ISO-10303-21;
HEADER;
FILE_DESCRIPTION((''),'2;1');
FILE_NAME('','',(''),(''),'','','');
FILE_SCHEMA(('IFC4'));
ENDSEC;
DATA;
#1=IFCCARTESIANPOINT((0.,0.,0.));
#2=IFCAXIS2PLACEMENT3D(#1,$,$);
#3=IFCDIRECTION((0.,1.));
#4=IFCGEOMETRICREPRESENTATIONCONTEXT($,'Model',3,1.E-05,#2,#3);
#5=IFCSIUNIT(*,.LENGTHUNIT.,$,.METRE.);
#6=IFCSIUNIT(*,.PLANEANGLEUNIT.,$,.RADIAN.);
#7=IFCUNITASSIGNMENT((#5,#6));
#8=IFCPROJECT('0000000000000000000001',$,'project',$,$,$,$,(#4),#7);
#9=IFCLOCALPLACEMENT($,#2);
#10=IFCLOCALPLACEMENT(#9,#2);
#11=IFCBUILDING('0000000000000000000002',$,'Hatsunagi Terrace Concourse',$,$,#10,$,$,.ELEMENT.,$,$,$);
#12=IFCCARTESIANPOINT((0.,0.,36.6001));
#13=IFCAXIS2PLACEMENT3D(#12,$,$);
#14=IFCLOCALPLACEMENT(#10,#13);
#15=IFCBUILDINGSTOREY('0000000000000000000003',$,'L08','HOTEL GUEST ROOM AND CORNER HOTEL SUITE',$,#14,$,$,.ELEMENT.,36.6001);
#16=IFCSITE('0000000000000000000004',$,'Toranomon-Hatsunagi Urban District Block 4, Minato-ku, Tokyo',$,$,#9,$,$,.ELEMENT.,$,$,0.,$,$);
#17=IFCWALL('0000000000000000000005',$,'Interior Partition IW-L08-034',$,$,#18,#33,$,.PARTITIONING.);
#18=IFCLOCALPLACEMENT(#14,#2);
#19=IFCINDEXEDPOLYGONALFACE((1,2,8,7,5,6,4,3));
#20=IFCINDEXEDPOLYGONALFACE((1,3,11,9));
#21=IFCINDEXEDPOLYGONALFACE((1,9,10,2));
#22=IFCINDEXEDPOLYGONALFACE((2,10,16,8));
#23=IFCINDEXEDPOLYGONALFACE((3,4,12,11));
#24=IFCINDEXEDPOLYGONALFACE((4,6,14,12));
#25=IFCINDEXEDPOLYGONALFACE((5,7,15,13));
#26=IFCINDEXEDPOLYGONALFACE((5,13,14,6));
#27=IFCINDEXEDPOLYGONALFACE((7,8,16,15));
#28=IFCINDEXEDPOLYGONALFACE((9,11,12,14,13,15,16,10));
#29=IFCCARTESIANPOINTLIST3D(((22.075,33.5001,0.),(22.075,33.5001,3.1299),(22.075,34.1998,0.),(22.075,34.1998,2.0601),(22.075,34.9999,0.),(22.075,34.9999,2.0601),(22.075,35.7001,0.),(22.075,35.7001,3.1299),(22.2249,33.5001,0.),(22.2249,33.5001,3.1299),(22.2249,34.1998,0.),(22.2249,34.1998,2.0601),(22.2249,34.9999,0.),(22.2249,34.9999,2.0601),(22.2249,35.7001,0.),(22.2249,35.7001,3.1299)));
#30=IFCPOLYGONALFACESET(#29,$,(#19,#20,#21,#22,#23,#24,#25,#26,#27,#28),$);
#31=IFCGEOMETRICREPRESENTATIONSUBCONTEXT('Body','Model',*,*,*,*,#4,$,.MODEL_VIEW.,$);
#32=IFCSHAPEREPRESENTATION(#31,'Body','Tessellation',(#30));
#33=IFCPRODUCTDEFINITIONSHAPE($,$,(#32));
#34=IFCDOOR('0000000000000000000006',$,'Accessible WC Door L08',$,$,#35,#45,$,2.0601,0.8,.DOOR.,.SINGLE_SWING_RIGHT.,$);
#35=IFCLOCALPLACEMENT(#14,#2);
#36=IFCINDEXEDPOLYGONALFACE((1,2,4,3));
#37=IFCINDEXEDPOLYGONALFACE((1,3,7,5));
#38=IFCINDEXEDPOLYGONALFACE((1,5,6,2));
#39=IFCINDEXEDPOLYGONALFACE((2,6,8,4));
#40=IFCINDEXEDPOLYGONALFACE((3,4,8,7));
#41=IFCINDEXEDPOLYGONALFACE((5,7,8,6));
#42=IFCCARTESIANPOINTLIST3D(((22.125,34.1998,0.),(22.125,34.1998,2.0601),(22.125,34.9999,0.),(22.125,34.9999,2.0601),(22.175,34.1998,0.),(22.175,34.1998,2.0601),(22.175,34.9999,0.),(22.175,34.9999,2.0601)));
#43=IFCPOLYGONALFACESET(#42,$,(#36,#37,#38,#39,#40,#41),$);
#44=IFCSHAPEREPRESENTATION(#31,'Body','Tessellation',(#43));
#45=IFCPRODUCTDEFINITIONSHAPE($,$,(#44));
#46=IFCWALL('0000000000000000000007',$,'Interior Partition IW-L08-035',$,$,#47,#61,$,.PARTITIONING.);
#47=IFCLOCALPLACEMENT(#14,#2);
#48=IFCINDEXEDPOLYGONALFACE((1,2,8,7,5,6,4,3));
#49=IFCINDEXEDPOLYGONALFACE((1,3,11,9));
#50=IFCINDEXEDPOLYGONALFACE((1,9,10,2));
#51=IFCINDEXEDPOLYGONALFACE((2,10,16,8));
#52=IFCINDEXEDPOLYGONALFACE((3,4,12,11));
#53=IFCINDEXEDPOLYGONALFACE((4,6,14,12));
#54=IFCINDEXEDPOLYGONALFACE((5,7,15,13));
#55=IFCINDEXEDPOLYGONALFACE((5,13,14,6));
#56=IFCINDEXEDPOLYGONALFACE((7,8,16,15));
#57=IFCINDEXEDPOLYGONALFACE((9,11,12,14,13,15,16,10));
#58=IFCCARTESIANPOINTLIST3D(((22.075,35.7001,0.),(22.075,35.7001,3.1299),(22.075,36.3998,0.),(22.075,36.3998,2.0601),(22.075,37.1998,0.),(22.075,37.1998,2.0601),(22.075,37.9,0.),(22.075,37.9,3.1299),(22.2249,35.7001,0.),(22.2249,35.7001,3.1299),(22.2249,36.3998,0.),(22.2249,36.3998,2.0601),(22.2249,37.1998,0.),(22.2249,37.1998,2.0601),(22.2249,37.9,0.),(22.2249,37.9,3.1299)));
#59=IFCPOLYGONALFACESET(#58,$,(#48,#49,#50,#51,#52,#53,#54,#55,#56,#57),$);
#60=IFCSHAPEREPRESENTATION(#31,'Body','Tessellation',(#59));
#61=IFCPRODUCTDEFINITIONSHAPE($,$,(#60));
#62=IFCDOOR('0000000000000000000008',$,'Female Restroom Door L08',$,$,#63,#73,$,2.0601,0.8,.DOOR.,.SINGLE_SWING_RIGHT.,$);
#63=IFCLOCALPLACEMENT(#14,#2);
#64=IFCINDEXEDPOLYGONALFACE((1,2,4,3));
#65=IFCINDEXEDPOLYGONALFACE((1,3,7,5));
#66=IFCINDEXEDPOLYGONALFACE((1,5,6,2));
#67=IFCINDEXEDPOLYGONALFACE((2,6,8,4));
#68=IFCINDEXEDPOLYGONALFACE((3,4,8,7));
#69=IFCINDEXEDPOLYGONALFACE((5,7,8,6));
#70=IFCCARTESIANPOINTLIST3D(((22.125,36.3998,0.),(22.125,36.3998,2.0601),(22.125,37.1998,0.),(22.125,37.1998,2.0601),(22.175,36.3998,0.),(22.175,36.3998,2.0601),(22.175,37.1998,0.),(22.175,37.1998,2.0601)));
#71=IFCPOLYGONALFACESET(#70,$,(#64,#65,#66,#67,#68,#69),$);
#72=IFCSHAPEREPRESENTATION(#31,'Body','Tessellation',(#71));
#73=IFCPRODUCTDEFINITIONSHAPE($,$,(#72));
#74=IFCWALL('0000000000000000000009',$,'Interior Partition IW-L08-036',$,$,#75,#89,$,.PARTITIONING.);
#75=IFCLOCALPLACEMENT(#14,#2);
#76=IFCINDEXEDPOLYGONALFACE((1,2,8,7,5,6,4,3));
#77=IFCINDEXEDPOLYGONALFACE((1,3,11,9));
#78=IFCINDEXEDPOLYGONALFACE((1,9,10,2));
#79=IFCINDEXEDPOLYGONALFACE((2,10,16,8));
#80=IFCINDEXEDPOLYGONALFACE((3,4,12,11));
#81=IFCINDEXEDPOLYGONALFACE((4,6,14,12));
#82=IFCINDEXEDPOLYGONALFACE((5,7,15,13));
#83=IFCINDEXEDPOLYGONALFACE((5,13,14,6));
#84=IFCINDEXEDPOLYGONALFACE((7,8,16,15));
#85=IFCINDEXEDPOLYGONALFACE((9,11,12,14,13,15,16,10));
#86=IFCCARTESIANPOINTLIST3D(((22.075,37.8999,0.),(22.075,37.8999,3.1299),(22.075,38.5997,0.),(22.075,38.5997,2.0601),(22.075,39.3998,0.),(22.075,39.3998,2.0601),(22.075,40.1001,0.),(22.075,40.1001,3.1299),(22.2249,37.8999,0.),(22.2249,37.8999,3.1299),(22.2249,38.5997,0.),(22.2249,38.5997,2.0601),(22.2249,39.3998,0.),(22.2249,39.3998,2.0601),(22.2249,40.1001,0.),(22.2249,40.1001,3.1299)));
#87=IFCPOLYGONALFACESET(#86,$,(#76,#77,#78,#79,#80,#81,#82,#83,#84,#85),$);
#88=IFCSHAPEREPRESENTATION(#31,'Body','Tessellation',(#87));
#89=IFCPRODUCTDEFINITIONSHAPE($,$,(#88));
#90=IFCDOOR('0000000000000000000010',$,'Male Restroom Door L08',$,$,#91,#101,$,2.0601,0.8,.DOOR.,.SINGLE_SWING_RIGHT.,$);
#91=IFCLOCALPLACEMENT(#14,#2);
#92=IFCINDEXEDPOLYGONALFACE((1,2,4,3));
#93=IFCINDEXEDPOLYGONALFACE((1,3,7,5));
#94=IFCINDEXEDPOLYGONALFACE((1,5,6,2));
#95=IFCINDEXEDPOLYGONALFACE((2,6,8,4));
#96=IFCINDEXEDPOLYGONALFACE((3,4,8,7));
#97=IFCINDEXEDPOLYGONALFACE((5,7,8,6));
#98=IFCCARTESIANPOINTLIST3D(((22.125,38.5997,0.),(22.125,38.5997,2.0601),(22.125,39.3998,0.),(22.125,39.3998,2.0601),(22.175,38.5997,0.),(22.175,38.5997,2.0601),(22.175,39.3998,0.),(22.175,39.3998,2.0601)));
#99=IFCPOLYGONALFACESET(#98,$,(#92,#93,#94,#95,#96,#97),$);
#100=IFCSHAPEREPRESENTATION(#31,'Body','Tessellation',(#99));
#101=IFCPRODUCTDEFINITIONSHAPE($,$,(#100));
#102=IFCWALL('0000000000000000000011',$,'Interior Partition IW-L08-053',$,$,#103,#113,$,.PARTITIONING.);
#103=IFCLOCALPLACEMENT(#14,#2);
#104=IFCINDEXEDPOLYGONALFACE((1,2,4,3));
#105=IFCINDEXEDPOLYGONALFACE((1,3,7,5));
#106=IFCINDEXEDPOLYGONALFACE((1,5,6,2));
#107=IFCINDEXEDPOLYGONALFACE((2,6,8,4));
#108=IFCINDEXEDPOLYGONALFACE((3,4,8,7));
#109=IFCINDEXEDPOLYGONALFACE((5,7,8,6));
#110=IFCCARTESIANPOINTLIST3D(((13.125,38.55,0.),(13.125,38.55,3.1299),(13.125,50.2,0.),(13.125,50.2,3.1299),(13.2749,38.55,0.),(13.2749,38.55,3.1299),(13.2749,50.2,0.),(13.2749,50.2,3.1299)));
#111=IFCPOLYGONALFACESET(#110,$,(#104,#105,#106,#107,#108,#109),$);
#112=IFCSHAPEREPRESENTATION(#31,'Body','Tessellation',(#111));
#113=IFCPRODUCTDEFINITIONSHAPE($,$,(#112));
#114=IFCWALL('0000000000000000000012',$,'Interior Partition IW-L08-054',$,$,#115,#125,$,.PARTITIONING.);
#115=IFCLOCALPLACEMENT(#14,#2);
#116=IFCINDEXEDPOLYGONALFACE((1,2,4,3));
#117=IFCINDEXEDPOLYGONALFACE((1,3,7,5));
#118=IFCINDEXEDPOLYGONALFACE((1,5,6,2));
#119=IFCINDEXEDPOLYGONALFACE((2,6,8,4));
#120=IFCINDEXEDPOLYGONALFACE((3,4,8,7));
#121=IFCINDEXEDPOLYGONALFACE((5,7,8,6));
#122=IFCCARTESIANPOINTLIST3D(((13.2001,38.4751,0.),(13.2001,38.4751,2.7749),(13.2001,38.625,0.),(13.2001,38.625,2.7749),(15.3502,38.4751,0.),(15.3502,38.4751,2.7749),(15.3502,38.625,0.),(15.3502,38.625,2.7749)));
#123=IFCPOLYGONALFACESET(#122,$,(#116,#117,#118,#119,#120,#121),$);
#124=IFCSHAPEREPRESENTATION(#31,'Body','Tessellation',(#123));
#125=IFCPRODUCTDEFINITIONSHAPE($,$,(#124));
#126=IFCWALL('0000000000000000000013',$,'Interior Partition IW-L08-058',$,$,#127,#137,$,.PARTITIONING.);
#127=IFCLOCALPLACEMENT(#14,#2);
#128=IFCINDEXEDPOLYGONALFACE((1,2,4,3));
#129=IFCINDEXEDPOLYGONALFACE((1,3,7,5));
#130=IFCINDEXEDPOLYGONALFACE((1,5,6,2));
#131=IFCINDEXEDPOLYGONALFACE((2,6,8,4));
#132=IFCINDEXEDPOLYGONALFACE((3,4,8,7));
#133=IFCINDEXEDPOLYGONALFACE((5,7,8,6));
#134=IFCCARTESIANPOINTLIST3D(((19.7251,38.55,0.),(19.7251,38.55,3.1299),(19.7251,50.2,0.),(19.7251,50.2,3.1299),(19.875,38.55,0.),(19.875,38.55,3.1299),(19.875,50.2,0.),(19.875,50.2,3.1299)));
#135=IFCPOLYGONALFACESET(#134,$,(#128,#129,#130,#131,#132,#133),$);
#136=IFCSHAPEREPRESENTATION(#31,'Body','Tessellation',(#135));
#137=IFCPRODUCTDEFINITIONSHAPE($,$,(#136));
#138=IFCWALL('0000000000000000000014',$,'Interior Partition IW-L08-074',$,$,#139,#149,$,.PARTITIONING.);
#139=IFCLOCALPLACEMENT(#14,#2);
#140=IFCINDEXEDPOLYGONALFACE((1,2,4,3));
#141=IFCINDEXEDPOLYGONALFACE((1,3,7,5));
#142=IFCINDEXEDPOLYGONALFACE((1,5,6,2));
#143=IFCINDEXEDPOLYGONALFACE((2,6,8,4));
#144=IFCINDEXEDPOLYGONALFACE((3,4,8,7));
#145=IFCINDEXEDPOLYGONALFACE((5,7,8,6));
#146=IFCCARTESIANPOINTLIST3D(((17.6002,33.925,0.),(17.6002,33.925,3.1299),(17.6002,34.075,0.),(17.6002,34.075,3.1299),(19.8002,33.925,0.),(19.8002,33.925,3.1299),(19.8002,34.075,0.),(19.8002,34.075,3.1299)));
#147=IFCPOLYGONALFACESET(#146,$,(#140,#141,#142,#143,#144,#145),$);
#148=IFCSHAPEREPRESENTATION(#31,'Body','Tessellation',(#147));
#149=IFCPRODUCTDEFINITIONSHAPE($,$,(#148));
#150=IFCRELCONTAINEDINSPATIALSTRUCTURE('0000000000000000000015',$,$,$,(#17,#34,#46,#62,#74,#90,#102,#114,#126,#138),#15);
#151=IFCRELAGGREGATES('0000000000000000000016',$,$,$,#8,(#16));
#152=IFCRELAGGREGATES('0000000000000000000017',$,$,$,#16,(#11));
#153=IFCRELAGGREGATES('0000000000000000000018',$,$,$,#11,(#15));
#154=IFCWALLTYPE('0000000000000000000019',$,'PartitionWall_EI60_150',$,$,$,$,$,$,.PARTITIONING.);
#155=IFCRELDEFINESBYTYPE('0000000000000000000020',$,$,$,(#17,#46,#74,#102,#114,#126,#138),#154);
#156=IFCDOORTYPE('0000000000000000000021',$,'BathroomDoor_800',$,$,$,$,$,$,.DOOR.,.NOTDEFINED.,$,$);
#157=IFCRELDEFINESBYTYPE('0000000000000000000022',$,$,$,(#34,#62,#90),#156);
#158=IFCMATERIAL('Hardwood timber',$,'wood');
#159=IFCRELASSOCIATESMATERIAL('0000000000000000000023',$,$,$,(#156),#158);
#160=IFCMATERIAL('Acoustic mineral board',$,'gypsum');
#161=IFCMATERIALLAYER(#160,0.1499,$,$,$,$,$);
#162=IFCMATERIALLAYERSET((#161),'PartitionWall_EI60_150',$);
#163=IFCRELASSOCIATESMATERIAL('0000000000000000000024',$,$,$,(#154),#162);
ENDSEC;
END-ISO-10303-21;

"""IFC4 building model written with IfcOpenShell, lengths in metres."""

from ifc_helpers import new_model, si_unit, direction, frame, frame_2d, origin, place, context, subcontext, project, spatial, rectangle, extrude, material, layer, layer_set, type_object, element, fill, save


model = new_model("IFC4")

# Units and contexts
model_context = context("Model", 3, precision=1e-05, world=origin(), true_north=direction((0.0, 1.0)))
body_context = subcontext(model_context, "Body", "Model", "MODEL_VIEW")
ifc_project = project(units=[si_unit("LENGTHUNIT", "METRE"), si_unit("PLANEANGLEUNIT", "RADIAN")], contexts=[model_context])

# Site, building, storey
site_placement = place(None, origin())
site = spatial("IfcSite", under=ifc_project, at=site_placement, Name="Toranomon-Hatsunagi Urban District Block 4, Minato-ku, Tokyo", CompositionType="ELEMENT", RefElevation=0.0)
building_placement = place(site_placement, origin())
building = spatial("IfcBuilding", under=site, at=building_placement, Name="Hatsunagi Terrace Concourse", CompositionType="ELEMENT")
storey_placement = place(building_placement, frame((0.0, 0.0, 36.6001)))
storey = spatial("IfcBuildingStorey", under=building, at=storey_placement, Name="L08", Description="HOTEL GUEST ROOM AND CORNER HOTEL SUITE", CompositionType="ELEMENT", Elevation=36.6001)

# Shared definitions
ifc_material_1 = material(Name="Hardwood timber", Category="wood")
door_type_1 = type_object("IfcDoorType", Name="BathroomDoor_800", OperationType="NOTDEFINED", PredefinedType="DOOR", material=ifc_material_1)

# Shared definitions
ifc_material_2 = material(Name="Acoustic mineral board", Category="gypsum")
ifc_layer_1 = layer(ifc_material_2, 0.1499)
ifc_layer_set_1 = layer_set([ifc_layer_1], Name="PartitionWall_EI60_150")
wall_type_1 = type_object("IfcWallType", Name="PartitionWall_EI60_150", PredefinedType="PARTITIONING", material=ifc_layer_set_1)

# Walls, openings, doors
wall_1_placement = place(storey_placement, frame((22.1499, 33.5, 0.0), z_axis=(0.0, 0.0, 1.0), x_axis=(0.0, 1.0, 0.0)))
wall_1 = element("IfcWall", 1, at=wall_1_placement, inside=storey, type_object=wall_type_1, Name="Interior Partition IW-L08-034", PredefinedType="PARTITIONING", context=body_context, shape_type="SweptSolid", body=[
    extrude(rectangle(XDim=2.2, YDim=0.1499, at=frame_2d((1.1001, 0.0))), origin(), (0.0, 0.0, 1.0), 3.1299),
])
opening_1_placement = place(wall_1_placement, frame((0.7, 0.0, 0.0)))
opening_1 = element("IfcOpeningElement", 2, at=opening_1_placement, cuts=wall_1, PredefinedType="OPENING", context=body_context, shape_type="SweptSolid", body=[
    extrude(rectangle(XDim=0.8, YDim=2.0601, at=frame_2d((0.3999, 1.03))), frame((0.0, 0.085, 0.0), z_axis=(0.0, -1.0, 0.0), x_axis=(1.0, 0.0, 0.0)), (0.0, 0.0, 1.0), 0.1699),
])
door_1_placement = place(opening_1_placement, origin())
door_1 = element("IfcDoor", 3, at=door_1_placement, inside=storey, type_object=door_type_1, Name="Accessible WC Door L08", OperationType="SINGLE_SWING_RIGHT", OverallHeight=2.0601, OverallWidth=0.8, PredefinedType="DOOR", context=body_context, shape_type="SweptSolid", body=[
    extrude(rectangle(XDim=0.8, YDim=2.0601, at=frame_2d((0.3999, 1.03))), frame((0.0, 0.0249, 0.0), z_axis=(0.0, -1.0, 0.0), x_axis=(1.0, 0.0, 0.0)), (0.0, 0.0, 1.0), 0.05),
])
fill(opening_1, door_1)
wall_2_placement = place(storey_placement, frame((22.1499, 35.7, 0.0), z_axis=(0.0, 0.0, 1.0), x_axis=(0.0, 1.0, 0.0)))
wall_2 = element("IfcWall", 4, at=wall_2_placement, inside=storey, type_object=wall_type_1, Name="Interior Partition IW-L08-035", PredefinedType="PARTITIONING", context=body_context, shape_type="SweptSolid", body=[
    extrude(rectangle(XDim=2.2, YDim=0.1499, at=frame_2d((1.1001, 0.0))), origin(), (0.0, 0.0, 1.0), 3.1299),
])
opening_2_placement = place(wall_2_placement, frame((0.7, 0.0, 0.0)))
opening_2 = element("IfcOpeningElement", 5, at=opening_2_placement, cuts=wall_2, PredefinedType="OPENING", context=body_context, shape_type="SweptSolid", body=[
    extrude(rectangle(XDim=0.8, YDim=2.0601, at=frame_2d((0.3999, 1.03))), frame((0.0, 0.085, 0.0), z_axis=(0.0, -1.0, 0.0), x_axis=(1.0, 0.0, 0.0)), (0.0, 0.0, 1.0), 0.1699),
])
door_2_placement = place(opening_2_placement, origin())
door_2 = element("IfcDoor", 6, at=door_2_placement, inside=storey, type_object=door_type_1, Name="Female Restroom Door L08", OperationType="SINGLE_SWING_RIGHT", OverallHeight=2.0601, OverallWidth=0.8, PredefinedType="DOOR", context=body_context, shape_type="SweptSolid", body=[
    extrude(rectangle(XDim=0.8, YDim=2.0601, at=frame_2d((0.3999, 1.03))), frame((0.0, 0.0249, 0.0), z_axis=(0.0, -1.0, 0.0), x_axis=(1.0, 0.0, 0.0)), (0.0, 0.0, 1.0), 0.05),
])
fill(opening_2, door_2)
wall_3_placement = place(storey_placement, frame((22.1499, 37.8999, 0.0), z_axis=(0.0, 0.0, 1.0), x_axis=(0.0, 1.0, 0.0)))
wall_3 = element("IfcWall", 7, at=wall_3_placement, inside=storey, type_object=wall_type_1, Name="Interior Partition IW-L08-036", PredefinedType="PARTITIONING", context=body_context, shape_type="SweptSolid", body=[
    extrude(rectangle(XDim=2.2002, YDim=0.1499, at=frame_2d((1.1001, 0.0))), origin(), (0.0, 0.0, 1.0), 3.1299),
])
opening_3_placement = place(wall_3_placement, frame((0.7, 0.0, 0.0)))
opening_3 = element("IfcOpeningElement", 8, at=opening_3_placement, cuts=wall_3, PredefinedType="OPENING", context=body_context, shape_type="SweptSolid", body=[
    extrude(rectangle(XDim=0.8, YDim=2.0601, at=frame_2d((0.3999, 1.03))), frame((0.0, 0.085, 0.0), z_axis=(0.0, -1.0, 0.0), x_axis=(1.0, 0.0, 0.0)), (0.0, 0.0, 1.0), 0.1699),
])
door_3_placement = place(opening_3_placement, origin())
door_3 = element("IfcDoor", 9, at=door_3_placement, inside=storey, type_object=door_type_1, Name="Male Restroom Door L08", OperationType="SINGLE_SWING_RIGHT", OverallHeight=2.0601, OverallWidth=0.8, PredefinedType="DOOR", context=body_context, shape_type="SweptSolid", body=[
    extrude(rectangle(XDim=0.8, YDim=2.0601, at=frame_2d((0.3999, 1.03))), frame((0.0, 0.0249, 0.0), z_axis=(0.0, -1.0, 0.0), x_axis=(1.0, 0.0, 0.0)), (0.0, 0.0, 1.0), 0.05),
])
fill(opening_3, door_3)

# Walls
wall_4_placement = place(storey_placement, frame((13.2, 38.55, 0.0), z_axis=(0.0, 0.0, 1.0), x_axis=(0.0, 1.0, 0.0)))
element("IfcWall", 10, at=wall_4_placement, inside=storey, type_object=wall_type_1, Name="Interior Partition IW-L08-053", PredefinedType="PARTITIONING", context=body_context, shape_type="SweptSolid", body=[
    extrude(rectangle(XDim=11.6499, YDim=0.1499, at=frame_2d((5.825, 0.0))), origin(), (0.0, 0.0, 1.0), 3.1299),
])
wall_5_placement = place(storey_placement, frame((13.2, 38.55, 0.0), z_axis=(0.0, 0.0, 1.0), x_axis=(1.0, 0.0, 0.0)))
element("IfcWall", 11, at=wall_5_placement, inside=storey, type_object=wall_type_1, Name="Interior Partition IW-L08-054", PredefinedType="PARTITIONING", context=body_context, shape_type="SweptSolid", body=[
    extrude(rectangle(XDim=2.1501, YDim=0.1499, at=frame_2d((1.0752, 0.0))), origin(), (0.0, 0.0, 1.0), 2.7749),
])

# Wall
wall_6_placement = place(storey_placement, frame((19.8, 38.55, 0.0), z_axis=(0.0, 0.0, 1.0), x_axis=(0.0, 1.0, 0.0)))
element("IfcWall", 12, at=wall_6_placement, inside=storey, type_object=wall_type_1, Name="Interior Partition IW-L08-058", PredefinedType="PARTITIONING", context=body_context, shape_type="SweptSolid", body=[
    extrude(rectangle(XDim=11.6499, YDim=0.1499, at=frame_2d((5.825, 0.0))), origin(), (0.0, 0.0, 1.0), 3.1299),
])

# Wall
wall_7_placement = place(storey_placement, frame((17.6001, 34.0, 0.0), z_axis=(0.0, 0.0, 1.0), x_axis=(1.0, 0.0, 0.0)))
element("IfcWall", 13, at=wall_7_placement, inside=storey, type_object=wall_type_1, Name="Interior Partition IW-L08-074", PredefinedType="PARTITIONING", context=body_context, shape_type="SweptSolid", body=[
    extrude(rectangle(XDim=2.2, YDim=0.1499, at=frame_2d((1.1001, 0.0))), origin(), (0.0, 0.0, 1.0), 3.1299),
])

save(model, "model.ifc")
